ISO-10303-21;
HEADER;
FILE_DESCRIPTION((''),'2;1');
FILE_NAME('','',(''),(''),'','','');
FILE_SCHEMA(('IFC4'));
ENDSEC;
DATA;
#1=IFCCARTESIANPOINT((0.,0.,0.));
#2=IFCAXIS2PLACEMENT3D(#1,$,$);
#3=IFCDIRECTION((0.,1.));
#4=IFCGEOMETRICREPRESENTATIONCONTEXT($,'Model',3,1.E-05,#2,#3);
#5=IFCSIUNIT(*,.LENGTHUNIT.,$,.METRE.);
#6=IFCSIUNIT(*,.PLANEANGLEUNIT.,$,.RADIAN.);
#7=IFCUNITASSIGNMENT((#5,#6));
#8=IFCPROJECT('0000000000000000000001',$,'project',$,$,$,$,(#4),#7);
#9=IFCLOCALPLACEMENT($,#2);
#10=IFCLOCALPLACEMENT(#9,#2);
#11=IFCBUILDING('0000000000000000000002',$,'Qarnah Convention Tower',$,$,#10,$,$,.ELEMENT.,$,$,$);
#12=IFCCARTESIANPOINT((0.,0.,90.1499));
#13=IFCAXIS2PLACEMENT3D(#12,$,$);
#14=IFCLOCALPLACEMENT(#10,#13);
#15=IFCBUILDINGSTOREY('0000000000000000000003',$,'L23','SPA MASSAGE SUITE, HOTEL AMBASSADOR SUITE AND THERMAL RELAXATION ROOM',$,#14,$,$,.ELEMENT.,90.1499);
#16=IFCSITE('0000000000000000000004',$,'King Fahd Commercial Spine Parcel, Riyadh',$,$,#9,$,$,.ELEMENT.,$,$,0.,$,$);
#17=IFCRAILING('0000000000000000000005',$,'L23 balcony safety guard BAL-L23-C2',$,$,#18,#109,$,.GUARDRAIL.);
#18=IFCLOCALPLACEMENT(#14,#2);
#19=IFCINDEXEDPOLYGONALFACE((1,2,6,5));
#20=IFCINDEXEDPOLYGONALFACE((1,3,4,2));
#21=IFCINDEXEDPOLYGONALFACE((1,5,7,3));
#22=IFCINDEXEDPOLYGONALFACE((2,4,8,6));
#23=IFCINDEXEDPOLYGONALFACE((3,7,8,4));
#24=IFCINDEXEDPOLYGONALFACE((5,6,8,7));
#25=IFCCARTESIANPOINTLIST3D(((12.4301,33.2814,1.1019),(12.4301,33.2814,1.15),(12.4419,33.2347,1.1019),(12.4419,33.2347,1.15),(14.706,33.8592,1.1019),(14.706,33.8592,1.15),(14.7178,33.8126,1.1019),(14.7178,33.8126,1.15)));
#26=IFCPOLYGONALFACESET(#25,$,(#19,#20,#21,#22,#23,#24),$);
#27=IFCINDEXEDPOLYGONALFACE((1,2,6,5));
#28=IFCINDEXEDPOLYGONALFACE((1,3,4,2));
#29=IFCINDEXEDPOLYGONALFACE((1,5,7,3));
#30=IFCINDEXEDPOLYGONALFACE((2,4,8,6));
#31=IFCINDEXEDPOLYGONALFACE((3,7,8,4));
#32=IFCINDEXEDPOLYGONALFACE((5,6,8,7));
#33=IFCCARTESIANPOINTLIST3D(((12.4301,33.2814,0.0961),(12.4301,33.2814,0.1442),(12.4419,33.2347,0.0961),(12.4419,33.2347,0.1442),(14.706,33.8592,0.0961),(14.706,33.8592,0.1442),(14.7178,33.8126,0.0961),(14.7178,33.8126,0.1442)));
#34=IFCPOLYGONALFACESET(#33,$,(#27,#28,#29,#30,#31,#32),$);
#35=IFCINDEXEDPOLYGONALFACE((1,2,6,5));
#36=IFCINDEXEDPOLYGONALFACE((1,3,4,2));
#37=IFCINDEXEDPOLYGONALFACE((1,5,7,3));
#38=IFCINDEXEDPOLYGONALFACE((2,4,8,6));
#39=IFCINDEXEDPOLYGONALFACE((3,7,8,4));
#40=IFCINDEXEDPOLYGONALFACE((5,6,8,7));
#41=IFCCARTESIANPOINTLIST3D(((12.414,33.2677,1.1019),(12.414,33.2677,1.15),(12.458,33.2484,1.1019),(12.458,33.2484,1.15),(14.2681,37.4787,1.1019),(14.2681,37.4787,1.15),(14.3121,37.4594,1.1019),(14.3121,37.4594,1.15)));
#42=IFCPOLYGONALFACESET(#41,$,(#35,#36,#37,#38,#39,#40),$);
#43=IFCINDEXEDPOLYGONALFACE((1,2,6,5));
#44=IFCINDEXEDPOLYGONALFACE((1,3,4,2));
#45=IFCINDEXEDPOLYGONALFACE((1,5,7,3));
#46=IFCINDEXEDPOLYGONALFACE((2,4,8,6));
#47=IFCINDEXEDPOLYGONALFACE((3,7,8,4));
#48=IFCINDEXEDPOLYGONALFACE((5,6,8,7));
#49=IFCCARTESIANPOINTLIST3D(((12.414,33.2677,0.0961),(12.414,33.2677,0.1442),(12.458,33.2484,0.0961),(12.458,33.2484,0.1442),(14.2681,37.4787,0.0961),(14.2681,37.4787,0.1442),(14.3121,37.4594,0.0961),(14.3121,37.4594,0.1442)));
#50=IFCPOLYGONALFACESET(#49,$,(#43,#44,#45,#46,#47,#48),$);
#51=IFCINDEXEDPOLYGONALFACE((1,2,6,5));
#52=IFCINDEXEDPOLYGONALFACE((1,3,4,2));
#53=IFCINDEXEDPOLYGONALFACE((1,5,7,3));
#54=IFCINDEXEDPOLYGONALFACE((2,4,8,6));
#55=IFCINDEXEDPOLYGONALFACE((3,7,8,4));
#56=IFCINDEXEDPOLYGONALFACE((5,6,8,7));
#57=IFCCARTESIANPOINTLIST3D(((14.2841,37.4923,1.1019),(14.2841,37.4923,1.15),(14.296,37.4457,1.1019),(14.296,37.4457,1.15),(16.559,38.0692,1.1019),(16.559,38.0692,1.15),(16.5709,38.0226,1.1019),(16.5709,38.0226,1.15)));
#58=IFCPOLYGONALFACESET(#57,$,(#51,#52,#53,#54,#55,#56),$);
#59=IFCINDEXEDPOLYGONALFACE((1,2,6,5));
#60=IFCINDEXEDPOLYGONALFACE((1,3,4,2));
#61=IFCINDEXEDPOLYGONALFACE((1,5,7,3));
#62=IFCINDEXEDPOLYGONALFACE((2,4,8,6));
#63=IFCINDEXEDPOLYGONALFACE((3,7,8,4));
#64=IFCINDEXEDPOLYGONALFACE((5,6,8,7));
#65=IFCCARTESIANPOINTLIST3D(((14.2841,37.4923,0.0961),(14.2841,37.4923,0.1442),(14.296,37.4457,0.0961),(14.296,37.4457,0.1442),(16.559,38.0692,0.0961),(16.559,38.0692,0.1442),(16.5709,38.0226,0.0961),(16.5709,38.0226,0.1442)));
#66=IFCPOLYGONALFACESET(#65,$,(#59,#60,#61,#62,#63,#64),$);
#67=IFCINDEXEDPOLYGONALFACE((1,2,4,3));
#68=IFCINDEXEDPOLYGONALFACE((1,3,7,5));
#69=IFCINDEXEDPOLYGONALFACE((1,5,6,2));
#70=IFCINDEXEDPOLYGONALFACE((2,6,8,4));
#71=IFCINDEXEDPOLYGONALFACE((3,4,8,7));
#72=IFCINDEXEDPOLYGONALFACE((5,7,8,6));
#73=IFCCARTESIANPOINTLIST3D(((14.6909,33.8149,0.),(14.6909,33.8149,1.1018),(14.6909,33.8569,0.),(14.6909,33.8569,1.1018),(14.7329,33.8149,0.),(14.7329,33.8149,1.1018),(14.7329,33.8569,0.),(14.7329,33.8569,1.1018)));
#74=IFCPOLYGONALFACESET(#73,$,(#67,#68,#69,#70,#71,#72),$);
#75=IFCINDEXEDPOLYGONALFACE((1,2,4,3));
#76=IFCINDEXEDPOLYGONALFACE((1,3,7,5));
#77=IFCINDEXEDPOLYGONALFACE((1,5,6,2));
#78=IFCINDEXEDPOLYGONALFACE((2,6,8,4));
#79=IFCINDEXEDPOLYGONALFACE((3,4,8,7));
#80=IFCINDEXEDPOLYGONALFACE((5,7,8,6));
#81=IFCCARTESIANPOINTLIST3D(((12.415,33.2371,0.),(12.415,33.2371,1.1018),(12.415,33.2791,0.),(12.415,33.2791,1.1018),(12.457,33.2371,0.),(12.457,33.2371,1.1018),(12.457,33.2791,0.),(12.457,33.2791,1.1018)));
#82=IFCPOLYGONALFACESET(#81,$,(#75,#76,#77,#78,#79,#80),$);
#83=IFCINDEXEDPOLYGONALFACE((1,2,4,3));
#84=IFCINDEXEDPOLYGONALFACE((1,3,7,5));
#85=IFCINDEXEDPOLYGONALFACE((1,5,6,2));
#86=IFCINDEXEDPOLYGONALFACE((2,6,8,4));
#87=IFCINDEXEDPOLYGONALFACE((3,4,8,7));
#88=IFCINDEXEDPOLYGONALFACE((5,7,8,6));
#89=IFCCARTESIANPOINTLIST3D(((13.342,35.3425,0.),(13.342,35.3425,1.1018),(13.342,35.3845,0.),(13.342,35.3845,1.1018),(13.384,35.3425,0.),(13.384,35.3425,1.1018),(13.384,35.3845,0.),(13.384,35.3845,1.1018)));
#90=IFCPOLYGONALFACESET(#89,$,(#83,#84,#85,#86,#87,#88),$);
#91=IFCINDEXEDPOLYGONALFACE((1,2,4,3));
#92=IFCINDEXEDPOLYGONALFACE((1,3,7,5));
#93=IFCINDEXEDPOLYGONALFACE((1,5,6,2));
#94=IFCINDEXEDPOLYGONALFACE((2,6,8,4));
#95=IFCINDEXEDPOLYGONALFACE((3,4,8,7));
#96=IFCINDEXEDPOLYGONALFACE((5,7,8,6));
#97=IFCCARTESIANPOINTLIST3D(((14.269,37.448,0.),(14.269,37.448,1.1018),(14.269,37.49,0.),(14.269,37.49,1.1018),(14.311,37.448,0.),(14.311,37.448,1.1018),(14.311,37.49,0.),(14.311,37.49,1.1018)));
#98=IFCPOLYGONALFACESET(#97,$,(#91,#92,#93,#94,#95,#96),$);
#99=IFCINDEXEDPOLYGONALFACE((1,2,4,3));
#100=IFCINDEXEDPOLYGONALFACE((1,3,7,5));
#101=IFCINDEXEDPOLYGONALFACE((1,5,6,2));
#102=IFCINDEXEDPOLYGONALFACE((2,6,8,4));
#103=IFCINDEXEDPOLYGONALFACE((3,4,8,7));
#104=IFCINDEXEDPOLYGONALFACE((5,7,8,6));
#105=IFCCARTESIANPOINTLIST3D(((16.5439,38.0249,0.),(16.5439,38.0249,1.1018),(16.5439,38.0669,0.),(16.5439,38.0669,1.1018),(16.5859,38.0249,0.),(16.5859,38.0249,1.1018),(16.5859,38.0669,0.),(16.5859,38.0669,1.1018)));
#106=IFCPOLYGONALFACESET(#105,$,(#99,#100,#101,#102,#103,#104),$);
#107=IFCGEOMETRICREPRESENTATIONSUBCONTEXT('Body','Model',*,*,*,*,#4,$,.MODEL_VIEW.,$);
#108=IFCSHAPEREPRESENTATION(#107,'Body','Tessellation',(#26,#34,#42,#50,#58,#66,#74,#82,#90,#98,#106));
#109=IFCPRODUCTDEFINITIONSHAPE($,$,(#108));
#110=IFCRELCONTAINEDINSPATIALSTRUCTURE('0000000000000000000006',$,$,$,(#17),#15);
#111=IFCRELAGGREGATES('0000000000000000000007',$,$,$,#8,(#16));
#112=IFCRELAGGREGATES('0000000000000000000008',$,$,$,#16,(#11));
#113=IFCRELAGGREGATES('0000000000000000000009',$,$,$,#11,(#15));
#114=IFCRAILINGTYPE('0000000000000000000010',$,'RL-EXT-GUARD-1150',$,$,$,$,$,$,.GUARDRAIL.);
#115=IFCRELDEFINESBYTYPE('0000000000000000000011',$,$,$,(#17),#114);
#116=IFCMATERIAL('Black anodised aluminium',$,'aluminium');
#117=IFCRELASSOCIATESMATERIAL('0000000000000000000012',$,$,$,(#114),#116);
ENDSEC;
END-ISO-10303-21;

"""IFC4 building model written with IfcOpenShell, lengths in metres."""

from ifc_helpers import new_model, si_unit, direction, frame, origin, origin_2d, place, context, subcontext, project, spatial, rectangle, extrude, material, type_object, element, save


model = new_model("IFC4")

# Units and contexts
model_context = context("Model", 3, precision=1e-05, world=origin(), true_north=direction((0.0, 1.0)))
body_context = subcontext(model_context, "Body", "Model", "MODEL_VIEW")
ifc_project = project(units=[si_unit("LENGTHUNIT", "METRE"), si_unit("PLANEANGLEUNIT", "RADIAN")], contexts=[model_context])

# Site, building, storey
site_placement = place(None, origin())
site = spatial("IfcSite", under=ifc_project, at=site_placement, Name="King Fahd Commercial Spine Parcel, Riyadh", CompositionType="ELEMENT", RefElevation=0.0)
building_placement = place(site_placement, origin())
building = spatial("IfcBuilding", under=site, at=building_placement, Name="Qarnah Convention Tower", CompositionType="ELEMENT")
storey_placement = place(building_placement, frame((0.0, 0.0, 90.1499)))
storey = spatial("IfcBuildingStorey", under=building, at=storey_placement, Name="L23", Description="SPA MASSAGE SUITE, HOTEL AMBASSADOR SUITE AND THERMAL RELAXATION ROOM", CompositionType="ELEMENT", Elevation=90.1499)

# Shared definitions
ifc_material_1 = material(Name="Black anodised aluminium", Category="aluminium")

# Railing
railing_type = type_object("IfcRailingType", Name="RL-EXT-GUARD-1150", PredefinedType="GUARDRAIL", material=ifc_material_1)
railing_1_placement = place(storey_placement, frame((14.7119, 33.8359, 0.0)))
element("IfcRailing", 1, at=railing_1_placement, inside=storey, type_object=railing_type, Name="L23 balcony safety guard BAL-L23-C2", PredefinedType="GUARDRAIL", context=body_context, shape_type="SweptSolid", body=[
    extrude(rectangle(XDim=0.0481, YDim=0.0481, at=origin_2d()), frame((0.0, 0.0, 1.126), z_axis=(-0.969243, -0.246106, 0.0), x_axis=(0.246106, -0.969243, 0.0)), (0.0, 0.0, 1.0), 2.3481),
    extrude(rectangle(XDim=0.0481, YDim=0.0481, at=origin_2d()), frame((0.0, 0.0, 0.1201), z_axis=(-0.969243, -0.246106, 0.0), x_axis=(0.246106, -0.969243, 0.0)), (0.0, 0.0, 1.0), 2.3481),
    extrude(rectangle(XDim=0.0481, YDim=0.0481, at=origin_2d()), frame((-2.2759, -0.5779, 1.126), z_axis=(0.402956, 0.91522, 0.0), x_axis=(-0.91522, 0.402956, 0.0)), (0.0, 0.0, 1.0), 4.6011),
    extrude(rectangle(XDim=0.0481, YDim=0.0481, at=origin_2d()), frame((-2.2759, -0.5779, 0.1201), z_axis=(0.402956, 0.91522, 0.0), x_axis=(-0.91522, 0.402956, 0.0)), (0.0, 0.0, 1.0), 4.6011),
    extrude(rectangle(XDim=0.0481, YDim=0.0481, at=origin_2d()), frame((-0.4219, 3.6331, 1.126), z_axis=(0.969317, 0.245814, 0.0), x_axis=(-0.245814, 0.969317, 0.0)), (0.0, 0.0, 1.0), 2.3469),
    extrude(rectangle(XDim=0.0481, YDim=0.0481, at=origin_2d()), frame((-0.4219, 3.6331, 0.1201), z_axis=(0.969317, 0.245814, 0.0), x_axis=(-0.245814, 0.969317, 0.0)), (0.0, 0.0, 1.0), 2.3469),
    extrude(rectangle(XDim=0.042, YDim=0.042, at=origin_2d()), origin(), (0.0, 0.0, 1.0), 1.1018),
    extrude(rectangle(XDim=0.042, YDim=0.042, at=origin_2d()), frame((-2.2759, -0.5779, 0.0)), (0.0, 0.0, 1.0), 1.1018),
    extrude(rectangle(XDim=0.042, YDim=0.042, at=origin_2d()), frame((-1.3489, 1.5276, 0.0)), (0.0, 0.0, 1.0), 1.1018),
    extrude(rectangle(XDim=0.042, YDim=0.042, at=origin_2d()), frame((-0.4219, 3.6331, 0.0)), (0.0, 0.0, 1.0), 1.1018),
    extrude(rectangle(XDim=0.042, YDim=0.042, at=origin_2d()), frame((1.853, 4.21, 0.0)), (0.0, 0.0, 1.0), 1.1018),
])

save(model, "model.ifc")
